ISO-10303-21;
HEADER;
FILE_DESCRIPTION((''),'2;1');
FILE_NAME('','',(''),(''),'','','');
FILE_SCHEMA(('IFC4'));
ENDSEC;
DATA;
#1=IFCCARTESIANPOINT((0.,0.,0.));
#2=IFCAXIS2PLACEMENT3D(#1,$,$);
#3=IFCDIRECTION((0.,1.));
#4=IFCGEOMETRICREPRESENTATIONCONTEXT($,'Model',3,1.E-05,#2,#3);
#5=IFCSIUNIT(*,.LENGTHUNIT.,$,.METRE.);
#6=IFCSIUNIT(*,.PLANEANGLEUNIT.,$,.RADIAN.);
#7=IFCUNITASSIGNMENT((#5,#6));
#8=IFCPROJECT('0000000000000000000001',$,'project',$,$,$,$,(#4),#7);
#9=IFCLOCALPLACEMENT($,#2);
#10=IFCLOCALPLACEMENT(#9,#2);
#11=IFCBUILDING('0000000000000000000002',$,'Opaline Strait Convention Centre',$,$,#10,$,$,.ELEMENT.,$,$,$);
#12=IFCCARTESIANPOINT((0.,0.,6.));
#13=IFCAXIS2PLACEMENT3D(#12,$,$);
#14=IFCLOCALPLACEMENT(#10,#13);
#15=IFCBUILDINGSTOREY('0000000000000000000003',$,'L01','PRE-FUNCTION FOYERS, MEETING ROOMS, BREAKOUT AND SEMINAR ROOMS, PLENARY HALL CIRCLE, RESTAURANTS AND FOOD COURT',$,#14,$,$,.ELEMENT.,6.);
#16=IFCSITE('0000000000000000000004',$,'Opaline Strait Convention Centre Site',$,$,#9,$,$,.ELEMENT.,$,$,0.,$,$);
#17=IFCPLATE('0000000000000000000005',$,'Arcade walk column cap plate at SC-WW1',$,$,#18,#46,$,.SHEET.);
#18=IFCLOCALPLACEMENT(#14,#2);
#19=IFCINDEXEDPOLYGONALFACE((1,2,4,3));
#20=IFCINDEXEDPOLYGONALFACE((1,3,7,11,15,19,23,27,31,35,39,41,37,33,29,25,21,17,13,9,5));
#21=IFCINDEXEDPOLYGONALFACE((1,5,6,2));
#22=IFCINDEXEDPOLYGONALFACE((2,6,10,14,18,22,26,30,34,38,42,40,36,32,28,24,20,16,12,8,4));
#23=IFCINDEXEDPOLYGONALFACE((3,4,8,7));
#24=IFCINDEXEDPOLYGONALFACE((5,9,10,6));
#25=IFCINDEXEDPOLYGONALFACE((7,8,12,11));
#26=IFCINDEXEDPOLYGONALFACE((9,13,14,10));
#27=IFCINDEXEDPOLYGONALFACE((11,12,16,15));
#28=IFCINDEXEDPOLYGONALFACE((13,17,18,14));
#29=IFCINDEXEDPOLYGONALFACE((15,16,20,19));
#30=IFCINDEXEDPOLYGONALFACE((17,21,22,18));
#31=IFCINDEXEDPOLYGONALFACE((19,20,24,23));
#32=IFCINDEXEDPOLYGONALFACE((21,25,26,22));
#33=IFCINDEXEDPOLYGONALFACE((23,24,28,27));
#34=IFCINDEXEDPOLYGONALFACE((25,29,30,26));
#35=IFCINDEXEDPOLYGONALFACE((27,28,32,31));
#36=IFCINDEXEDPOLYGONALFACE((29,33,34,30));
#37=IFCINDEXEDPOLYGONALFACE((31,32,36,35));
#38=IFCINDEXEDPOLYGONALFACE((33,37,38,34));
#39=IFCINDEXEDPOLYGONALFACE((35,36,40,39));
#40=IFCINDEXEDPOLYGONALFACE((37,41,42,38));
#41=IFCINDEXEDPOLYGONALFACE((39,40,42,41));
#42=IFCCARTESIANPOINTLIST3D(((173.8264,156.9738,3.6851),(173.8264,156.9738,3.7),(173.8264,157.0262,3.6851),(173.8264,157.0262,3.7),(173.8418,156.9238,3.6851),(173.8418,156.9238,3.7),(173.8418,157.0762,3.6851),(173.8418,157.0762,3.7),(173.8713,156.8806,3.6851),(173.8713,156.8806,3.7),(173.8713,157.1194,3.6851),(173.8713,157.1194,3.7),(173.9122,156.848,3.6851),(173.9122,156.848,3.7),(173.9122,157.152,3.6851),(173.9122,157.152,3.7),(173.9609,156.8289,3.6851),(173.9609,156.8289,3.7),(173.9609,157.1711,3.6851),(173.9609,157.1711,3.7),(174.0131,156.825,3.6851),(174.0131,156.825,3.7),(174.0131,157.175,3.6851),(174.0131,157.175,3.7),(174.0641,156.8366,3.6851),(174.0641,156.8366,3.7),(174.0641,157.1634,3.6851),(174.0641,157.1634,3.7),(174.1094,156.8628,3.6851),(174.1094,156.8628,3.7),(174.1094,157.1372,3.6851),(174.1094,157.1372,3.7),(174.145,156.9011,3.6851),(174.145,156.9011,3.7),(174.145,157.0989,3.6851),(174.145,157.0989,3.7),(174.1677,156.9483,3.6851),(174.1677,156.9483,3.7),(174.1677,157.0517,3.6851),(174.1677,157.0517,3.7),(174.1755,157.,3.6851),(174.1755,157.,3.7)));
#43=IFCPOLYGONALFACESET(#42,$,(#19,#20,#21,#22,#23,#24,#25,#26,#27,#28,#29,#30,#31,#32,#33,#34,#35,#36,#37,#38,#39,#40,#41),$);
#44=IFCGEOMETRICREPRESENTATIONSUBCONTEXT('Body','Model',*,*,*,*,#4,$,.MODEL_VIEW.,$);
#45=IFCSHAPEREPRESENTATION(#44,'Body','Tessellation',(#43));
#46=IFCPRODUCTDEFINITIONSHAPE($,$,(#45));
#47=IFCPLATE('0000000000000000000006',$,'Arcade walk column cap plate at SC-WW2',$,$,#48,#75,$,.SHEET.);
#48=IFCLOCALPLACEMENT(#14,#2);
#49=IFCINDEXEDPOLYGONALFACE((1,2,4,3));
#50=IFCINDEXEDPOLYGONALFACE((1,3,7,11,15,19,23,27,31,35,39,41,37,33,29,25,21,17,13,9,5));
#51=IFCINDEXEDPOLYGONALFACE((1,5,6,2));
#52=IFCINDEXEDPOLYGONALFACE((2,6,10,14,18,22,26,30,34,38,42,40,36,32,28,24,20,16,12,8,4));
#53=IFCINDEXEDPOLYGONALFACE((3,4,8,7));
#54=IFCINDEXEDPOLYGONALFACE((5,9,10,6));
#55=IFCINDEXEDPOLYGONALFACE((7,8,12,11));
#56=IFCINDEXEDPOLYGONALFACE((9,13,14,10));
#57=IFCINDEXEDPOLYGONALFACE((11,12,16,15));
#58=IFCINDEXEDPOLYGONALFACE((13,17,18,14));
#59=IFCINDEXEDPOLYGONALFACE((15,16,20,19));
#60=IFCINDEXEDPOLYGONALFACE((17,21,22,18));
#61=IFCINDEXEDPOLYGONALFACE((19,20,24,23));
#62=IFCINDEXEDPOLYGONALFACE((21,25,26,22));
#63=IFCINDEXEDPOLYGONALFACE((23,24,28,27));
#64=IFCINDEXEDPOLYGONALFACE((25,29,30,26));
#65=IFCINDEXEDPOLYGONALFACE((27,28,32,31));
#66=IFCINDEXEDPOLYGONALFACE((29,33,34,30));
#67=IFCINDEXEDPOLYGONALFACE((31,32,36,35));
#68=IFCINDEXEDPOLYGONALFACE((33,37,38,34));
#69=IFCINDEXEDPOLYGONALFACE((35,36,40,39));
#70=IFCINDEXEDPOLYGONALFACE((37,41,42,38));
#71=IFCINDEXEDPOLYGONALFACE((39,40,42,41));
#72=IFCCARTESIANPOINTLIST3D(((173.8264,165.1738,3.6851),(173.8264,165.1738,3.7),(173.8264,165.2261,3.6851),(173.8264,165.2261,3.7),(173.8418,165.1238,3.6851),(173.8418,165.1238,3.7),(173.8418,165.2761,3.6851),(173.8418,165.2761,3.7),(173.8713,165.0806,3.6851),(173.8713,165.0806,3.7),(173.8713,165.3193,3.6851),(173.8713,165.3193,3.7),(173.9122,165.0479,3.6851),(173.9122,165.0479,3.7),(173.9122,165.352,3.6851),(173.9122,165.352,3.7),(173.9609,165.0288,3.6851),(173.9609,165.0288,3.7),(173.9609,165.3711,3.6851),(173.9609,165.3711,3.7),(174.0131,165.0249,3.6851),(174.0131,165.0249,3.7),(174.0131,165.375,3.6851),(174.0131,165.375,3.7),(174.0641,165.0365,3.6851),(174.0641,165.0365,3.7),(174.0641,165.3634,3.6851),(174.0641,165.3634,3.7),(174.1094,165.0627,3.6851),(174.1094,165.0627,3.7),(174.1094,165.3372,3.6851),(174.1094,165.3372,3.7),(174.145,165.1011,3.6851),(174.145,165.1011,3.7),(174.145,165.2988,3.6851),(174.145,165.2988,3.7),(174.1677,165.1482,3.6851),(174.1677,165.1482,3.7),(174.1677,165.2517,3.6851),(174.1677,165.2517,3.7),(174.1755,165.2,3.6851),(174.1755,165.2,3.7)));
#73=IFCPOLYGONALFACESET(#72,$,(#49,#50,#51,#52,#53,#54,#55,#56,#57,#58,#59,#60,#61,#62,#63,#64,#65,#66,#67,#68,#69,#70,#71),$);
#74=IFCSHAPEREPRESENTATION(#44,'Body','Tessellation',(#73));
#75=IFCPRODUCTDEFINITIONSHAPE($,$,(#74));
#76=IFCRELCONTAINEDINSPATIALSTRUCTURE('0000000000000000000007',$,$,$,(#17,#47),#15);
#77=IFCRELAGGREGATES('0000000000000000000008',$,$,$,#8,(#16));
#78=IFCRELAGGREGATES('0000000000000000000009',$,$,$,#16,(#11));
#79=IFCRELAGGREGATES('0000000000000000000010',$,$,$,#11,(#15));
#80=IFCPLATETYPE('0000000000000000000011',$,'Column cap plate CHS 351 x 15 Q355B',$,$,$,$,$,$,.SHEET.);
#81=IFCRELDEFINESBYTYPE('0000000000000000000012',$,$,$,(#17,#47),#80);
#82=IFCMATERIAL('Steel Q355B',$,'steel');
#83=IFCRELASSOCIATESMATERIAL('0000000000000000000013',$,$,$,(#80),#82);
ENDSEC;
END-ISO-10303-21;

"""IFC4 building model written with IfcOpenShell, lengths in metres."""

from ifc_helpers import new_model, si_unit, direction, frame, origin, origin_2d, place, context, subcontext, project, spatial, circle, extrude, material, material_profile, profile_set, type_object, element, save


model = new_model("IFC4")

# Units and contexts
model_context = context("Model", 3, precision=1e-05, world=origin(), true_north=direction((0.0, 1.0)))
body_context = subcontext(model_context, "Body", "Model", "MODEL_VIEW")
ifc_project = project(units=[si_unit("LENGTHUNIT", "METRE"), si_unit("PLANEANGLEUNIT", "RADIAN")], contexts=[model_context])

# Site, building, storey
site_placement = place(None, origin())
site = spatial("IfcSite", under=ifc_project, at=site_placement, Name="Opaline Strait Convention Centre Site", CompositionType="ELEMENT", RefElevation=0.0)
building_placement = place(site_placement, origin())
building = spatial("IfcBuilding", under=site, at=building_placement, Name="Opaline Strait Convention Centre", CompositionType="ELEMENT")
storey_placement = place(building_placement, frame((0.0, 0.0, 6.0)))
storey = spatial("IfcBuildingStorey", under=building, at=storey_placement, Name="L01", Description="PRE-FUNCTION FOYERS, MEETING ROOMS, BREAKOUT AND SEMINAR ROOMS, PLENARY HALL CIRCLE, RESTAURANTS AND FOOD COURT", CompositionType="ELEMENT", Elevation=6.0)

# Shared definitions
ifc_material_1 = material(Name="Steel Q355B", Category="steel")

# Plates
ifc_material_profile_1 = material_profile(ifc_material_1, circle(Radius=0.1755, at=origin_2d()), Name="D351")
ifc_profile_set_1 = profile_set([ifc_material_profile_1], Name="Steel Q355B")
plate_type = type_object("IfcPlateType", Name="Column cap plate CHS 351 x 15 Q355B", PredefinedType="SHEET", material=ifc_profile_set_1)
for number, where, z_axis, x_axis, name in (
    (1, (174.0, 157.0, 3.6851), (0.0, 0.0, 1.0), (1.0, 0.0, 0.0), "Arcade walk column cap plate at SC-WW1"),
    (2, (174.0, 165.2, 3.6851), (0.0, 0.0, 1.0), (1.0, 0.0, 0.0), "Arcade walk column cap plate at SC-WW2"),
):
    element("IfcPlate", number, at=place(storey_placement, frame(where, z_axis=z_axis, x_axis=x_axis)), inside=storey, type_object=plate_type, Name=name, PredefinedType="SHEET", context=body_context, shape_type="SweptSolid", body=[
        extrude(circle(Radius=0.1755, at=origin_2d()), origin(), (0.0, 0.0, 1.0), 0.0149),
    ])

save(model, "model.ifc")
